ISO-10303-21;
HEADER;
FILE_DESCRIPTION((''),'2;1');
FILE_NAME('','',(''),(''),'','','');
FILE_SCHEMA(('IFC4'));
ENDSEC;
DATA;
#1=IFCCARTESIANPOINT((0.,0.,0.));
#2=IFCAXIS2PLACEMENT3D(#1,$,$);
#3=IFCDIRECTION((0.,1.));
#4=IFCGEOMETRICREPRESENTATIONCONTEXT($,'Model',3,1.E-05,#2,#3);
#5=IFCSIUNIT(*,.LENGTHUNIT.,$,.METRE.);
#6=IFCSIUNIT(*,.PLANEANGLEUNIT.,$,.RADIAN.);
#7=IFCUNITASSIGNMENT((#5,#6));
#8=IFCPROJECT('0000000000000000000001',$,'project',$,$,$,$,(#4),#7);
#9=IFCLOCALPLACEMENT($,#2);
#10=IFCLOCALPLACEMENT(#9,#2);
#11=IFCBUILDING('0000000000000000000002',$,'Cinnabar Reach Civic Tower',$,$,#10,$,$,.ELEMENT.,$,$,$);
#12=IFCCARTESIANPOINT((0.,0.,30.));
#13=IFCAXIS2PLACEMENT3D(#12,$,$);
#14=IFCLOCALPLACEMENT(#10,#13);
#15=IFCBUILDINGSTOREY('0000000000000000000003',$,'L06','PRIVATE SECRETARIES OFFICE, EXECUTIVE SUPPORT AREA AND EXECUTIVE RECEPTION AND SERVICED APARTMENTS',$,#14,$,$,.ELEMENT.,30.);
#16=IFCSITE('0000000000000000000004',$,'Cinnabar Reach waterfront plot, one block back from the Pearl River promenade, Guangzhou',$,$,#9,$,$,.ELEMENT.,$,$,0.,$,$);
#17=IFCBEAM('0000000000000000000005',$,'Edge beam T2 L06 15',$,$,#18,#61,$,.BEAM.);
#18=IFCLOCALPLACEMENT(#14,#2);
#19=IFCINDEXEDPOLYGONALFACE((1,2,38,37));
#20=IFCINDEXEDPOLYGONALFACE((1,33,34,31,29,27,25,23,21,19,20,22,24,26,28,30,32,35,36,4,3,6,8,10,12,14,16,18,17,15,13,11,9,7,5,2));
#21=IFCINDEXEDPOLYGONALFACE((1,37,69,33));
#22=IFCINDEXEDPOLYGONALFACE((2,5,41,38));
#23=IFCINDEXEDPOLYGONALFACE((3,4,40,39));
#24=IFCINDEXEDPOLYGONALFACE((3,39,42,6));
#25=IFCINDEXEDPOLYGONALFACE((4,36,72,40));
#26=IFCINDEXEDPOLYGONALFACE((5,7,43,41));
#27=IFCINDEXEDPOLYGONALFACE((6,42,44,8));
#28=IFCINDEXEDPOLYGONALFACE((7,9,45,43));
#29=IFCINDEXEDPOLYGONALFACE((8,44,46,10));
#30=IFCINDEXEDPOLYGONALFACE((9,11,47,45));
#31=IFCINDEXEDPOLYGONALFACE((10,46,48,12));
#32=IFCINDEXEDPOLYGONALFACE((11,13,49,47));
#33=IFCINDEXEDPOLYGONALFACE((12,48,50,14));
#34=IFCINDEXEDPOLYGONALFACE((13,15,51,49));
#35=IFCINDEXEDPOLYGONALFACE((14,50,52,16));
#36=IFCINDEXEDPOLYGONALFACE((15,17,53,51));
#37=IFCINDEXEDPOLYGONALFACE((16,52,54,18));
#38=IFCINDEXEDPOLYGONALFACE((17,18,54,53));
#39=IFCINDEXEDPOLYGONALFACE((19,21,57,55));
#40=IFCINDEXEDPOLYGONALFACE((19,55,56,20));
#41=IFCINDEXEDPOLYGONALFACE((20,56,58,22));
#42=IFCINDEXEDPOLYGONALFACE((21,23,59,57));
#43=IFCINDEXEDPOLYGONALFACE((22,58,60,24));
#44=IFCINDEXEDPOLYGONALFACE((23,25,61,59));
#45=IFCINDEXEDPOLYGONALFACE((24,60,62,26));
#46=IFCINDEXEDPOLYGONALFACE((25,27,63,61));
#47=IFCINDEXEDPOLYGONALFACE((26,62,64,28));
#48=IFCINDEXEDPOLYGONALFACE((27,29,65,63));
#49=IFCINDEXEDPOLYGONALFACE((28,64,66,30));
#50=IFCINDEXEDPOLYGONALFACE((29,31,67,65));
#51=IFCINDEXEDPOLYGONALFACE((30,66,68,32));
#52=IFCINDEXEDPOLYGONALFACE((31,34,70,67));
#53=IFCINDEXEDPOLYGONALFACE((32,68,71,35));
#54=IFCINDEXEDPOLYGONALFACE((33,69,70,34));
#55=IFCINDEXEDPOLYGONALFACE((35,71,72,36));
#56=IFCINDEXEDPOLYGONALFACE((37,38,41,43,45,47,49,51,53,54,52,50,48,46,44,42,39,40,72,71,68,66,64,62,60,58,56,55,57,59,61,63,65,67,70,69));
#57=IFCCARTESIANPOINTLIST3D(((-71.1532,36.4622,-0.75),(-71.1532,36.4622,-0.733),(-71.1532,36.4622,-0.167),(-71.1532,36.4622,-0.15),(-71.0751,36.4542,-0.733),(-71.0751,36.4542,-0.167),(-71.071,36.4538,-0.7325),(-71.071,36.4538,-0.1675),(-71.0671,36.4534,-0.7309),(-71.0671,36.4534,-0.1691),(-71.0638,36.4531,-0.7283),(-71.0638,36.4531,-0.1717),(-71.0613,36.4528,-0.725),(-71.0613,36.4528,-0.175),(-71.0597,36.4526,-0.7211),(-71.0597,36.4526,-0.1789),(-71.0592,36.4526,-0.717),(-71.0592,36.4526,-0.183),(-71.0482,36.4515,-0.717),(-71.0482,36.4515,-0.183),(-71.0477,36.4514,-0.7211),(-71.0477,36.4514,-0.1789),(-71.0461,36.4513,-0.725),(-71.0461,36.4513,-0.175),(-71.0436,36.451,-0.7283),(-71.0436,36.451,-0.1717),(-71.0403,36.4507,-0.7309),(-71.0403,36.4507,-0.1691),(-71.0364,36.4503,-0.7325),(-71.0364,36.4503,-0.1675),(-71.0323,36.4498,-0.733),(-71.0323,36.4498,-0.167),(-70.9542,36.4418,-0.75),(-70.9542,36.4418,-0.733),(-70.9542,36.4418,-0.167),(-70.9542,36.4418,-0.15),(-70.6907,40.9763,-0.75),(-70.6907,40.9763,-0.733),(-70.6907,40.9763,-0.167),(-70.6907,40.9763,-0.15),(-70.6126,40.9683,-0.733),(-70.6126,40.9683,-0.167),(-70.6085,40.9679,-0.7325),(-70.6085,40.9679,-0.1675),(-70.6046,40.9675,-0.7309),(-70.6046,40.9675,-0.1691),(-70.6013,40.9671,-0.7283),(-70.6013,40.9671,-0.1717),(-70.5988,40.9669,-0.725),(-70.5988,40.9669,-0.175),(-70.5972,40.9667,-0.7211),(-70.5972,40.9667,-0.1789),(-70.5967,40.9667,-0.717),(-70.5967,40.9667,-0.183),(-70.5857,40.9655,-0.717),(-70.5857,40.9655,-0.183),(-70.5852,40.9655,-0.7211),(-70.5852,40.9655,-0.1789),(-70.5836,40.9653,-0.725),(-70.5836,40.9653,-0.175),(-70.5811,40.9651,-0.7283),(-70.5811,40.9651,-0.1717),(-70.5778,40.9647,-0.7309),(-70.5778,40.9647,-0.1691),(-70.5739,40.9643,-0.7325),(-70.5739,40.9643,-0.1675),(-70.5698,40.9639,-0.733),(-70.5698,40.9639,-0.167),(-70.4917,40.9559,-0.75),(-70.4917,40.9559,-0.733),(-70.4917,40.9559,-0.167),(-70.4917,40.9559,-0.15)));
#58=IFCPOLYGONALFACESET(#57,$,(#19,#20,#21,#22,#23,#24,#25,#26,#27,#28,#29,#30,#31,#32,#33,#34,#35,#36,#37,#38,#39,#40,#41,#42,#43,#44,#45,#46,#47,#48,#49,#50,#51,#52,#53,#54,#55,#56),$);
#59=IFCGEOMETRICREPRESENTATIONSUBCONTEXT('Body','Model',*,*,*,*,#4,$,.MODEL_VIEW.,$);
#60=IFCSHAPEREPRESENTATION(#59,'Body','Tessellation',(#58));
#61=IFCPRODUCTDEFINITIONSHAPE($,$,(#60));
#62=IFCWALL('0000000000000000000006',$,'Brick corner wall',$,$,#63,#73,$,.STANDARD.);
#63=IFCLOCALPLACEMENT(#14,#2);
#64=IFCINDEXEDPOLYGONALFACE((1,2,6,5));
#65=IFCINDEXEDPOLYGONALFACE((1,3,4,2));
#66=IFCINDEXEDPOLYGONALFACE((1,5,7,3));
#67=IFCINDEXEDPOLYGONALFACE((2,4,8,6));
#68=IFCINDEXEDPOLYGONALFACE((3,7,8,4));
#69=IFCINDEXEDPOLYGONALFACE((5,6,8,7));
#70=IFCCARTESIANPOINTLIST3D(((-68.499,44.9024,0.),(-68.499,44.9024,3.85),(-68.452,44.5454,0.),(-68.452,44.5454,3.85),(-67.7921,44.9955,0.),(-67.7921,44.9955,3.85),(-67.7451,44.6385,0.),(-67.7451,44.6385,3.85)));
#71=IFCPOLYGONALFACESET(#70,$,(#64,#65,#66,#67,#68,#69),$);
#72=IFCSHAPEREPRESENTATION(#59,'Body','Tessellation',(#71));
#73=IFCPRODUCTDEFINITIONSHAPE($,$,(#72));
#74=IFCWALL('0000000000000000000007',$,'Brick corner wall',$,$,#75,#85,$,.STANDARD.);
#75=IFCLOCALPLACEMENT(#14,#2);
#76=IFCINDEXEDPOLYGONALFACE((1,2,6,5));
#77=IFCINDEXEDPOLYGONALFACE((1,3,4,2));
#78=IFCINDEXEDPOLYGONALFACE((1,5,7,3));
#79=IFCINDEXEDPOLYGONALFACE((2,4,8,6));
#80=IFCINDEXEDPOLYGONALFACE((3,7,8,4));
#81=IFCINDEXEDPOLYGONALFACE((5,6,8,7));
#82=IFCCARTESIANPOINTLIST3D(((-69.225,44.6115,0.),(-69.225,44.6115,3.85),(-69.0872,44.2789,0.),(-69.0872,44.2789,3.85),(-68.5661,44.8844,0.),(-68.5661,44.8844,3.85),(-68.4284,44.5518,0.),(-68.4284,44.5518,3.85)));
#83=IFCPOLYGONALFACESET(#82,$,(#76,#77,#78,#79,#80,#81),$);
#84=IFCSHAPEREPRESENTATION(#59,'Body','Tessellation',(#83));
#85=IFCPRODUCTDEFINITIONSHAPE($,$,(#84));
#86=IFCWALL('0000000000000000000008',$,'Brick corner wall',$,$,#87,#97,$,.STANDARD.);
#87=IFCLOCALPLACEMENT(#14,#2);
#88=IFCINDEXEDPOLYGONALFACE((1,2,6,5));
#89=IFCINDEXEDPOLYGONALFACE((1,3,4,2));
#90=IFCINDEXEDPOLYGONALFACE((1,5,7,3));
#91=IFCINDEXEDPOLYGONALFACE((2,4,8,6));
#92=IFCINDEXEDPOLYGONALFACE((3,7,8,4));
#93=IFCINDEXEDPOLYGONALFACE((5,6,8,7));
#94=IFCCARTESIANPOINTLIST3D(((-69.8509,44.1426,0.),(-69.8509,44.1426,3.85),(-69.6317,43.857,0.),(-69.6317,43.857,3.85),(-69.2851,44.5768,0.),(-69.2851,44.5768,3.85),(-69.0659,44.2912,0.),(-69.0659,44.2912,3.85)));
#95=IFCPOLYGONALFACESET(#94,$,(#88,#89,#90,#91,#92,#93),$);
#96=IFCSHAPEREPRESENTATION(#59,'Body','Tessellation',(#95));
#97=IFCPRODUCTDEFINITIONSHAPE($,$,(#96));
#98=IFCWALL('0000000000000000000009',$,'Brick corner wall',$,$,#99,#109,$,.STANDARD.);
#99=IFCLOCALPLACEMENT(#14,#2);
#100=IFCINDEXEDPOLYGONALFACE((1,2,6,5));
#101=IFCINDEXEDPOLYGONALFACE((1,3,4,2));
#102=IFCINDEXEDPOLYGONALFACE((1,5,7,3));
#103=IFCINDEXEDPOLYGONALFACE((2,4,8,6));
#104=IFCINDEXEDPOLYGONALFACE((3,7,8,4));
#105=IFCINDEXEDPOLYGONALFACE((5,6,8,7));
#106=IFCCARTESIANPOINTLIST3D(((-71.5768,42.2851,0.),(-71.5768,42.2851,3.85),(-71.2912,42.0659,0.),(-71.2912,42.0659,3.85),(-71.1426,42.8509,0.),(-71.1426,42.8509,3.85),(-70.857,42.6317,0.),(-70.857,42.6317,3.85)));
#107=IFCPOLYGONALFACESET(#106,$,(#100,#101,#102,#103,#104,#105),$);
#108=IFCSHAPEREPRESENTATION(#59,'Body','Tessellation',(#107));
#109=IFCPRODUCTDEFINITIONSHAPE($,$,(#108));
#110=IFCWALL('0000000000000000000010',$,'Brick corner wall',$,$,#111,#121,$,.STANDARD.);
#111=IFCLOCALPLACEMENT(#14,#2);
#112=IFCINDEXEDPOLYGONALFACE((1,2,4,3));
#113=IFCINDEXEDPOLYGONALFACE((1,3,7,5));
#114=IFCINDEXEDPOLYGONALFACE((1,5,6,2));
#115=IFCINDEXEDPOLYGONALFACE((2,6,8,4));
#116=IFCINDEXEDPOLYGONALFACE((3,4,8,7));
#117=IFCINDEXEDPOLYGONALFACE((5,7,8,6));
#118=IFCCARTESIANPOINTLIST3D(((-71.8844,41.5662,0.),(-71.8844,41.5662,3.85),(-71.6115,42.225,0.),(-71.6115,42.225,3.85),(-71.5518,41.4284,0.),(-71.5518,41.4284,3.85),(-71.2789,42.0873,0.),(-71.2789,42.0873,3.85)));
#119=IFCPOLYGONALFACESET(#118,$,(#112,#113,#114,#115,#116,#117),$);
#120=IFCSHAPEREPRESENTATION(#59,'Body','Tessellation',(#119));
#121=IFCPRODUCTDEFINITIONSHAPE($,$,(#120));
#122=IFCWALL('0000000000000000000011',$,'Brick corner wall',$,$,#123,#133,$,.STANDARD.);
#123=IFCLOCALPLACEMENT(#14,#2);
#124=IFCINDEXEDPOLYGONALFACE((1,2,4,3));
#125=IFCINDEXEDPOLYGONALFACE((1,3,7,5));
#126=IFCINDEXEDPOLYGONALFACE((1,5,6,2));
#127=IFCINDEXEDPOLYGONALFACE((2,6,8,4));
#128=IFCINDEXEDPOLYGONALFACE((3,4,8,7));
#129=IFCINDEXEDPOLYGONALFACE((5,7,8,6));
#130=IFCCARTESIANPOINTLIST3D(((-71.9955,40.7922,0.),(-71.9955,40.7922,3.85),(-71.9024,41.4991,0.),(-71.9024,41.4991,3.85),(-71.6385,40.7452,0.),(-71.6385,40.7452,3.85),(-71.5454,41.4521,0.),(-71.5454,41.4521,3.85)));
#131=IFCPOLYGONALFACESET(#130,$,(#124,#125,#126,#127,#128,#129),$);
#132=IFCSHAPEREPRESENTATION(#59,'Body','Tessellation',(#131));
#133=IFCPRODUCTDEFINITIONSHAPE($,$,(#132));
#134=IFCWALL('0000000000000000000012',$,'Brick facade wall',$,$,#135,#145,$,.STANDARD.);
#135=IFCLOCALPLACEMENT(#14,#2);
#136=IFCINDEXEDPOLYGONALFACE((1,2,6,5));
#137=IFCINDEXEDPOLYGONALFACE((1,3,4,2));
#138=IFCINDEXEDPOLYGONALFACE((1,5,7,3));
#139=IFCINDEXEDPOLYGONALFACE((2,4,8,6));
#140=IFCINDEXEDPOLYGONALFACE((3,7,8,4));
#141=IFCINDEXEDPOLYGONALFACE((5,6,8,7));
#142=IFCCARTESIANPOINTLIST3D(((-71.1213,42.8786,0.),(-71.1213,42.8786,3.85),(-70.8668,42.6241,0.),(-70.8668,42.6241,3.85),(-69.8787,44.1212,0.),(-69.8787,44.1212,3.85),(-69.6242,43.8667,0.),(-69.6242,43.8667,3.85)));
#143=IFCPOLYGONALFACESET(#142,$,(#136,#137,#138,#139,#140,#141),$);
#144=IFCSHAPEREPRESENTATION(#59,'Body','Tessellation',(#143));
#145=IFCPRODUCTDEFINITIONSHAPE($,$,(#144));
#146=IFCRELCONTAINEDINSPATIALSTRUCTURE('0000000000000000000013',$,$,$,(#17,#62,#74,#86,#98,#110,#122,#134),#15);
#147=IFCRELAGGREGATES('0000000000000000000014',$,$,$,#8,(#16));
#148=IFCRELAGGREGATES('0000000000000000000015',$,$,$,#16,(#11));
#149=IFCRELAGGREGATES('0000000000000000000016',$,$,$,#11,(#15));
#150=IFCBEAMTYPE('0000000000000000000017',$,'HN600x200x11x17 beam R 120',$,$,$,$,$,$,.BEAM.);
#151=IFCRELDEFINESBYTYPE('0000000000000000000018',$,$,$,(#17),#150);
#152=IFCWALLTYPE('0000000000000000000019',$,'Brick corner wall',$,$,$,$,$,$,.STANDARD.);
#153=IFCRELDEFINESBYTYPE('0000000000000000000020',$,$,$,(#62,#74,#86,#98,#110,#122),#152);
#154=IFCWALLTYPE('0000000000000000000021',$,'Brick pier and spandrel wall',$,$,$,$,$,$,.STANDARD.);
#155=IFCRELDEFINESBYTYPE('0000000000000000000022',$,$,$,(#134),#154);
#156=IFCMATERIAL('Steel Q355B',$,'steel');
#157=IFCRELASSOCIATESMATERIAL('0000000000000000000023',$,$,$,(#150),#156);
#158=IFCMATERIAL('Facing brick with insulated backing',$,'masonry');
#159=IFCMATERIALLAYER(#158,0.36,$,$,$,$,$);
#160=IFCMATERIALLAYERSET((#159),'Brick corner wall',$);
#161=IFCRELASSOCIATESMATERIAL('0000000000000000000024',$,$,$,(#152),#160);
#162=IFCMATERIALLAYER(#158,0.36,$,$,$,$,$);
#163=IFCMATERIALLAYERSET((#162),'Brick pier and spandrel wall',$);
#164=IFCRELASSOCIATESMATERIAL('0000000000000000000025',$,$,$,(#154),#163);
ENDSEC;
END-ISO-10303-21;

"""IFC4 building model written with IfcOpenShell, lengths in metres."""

from ifc_helpers import new_model, si_unit, direction, frame, frame_2d, origin, origin_2d, place, context, subcontext, project, spatial, rectangle, i_section, extrude, material, layer, layer_set, material_profile, profile_set, type_object, element, save


model = new_model("IFC4")

# Units and contexts
model_context = context("Model", 3, precision=1e-05, world=origin(), true_north=direction((0.0, 1.0)))
body_context = subcontext(model_context, "Body", "Model", "MODEL_VIEW")
ifc_project = project(units=[si_unit("LENGTHUNIT", "METRE"), si_unit("PLANEANGLEUNIT", "RADIAN")], contexts=[model_context])

# Site, building, storey
site_placement = place(None, origin())
site = spatial("IfcSite", under=ifc_project, at=site_placement, Name="Cinnabar Reach waterfront plot, one block back from the Pearl River promenade, Guangzhou", CompositionType="ELEMENT", RefElevation=0.0)
building_placement = place(site_placement, origin())
building = spatial("IfcBuilding", under=site, at=building_placement, Name="Cinnabar Reach Civic Tower", CompositionType="ELEMENT")
storey_placement = place(building_placement, frame((0.0, 0.0, 30.0)))
storey = spatial("IfcBuildingStorey", under=building, at=storey_placement, Name="L06", Description="PRIVATE SECRETARIES OFFICE, EXECUTIVE SUPPORT AREA AND EXECUTIVE RECEPTION AND SERVICED APARTMENTS", CompositionType="ELEMENT", Elevation=30.0)

# Beam
ifc_material_1 = material(Name="Steel Q355B", Category="steel")
ifc_material_profile_1 = material_profile(ifc_material_1, i_section(OverallWidth=0.2, OverallDepth=0.6, WebThickness=0.011, FlangeThickness=0.017, FilletRadius=0.016, at=origin_2d()), Name="HN600x200x11x17")
ifc_profile_set_1 = profile_set([ifc_material_profile_1], Name="Steel Q355B")
beam_type_1 = type_object("IfcBeamType", Name="HN600x200x11x17 beam R 120", PredefinedType="BEAM", material=ifc_profile_set_1)
beam_1_placement = place(storey_placement, frame((-70.5912, 40.9661, -0.45), z_axis=(-0.101923, -0.994792, 0.0), x_axis=(0.994792, -0.101923, 0.0)))
element("IfcBeam", 1, at=beam_1_placement, inside=storey, type_object=beam_type_1, Name="Edge beam T2 L06 15", PredefinedType="BEAM", context=body_context, shape_type="SweptSolid", body=[
    extrude(i_section(OverallWidth=0.2, OverallDepth=0.6, WebThickness=0.011, FlangeThickness=0.017, FilletRadius=0.016, at=origin_2d()), origin(), (0.0, 0.0, 1.0), 4.5377),
])

# Walls
ifc_material_2 = material(Name="Facing brick with insulated backing", Category="masonry")
ifc_layer_1 = layer(ifc_material_2, 0.36)
ifc_layer_set_1 = layer_set([ifc_layer_1], Name="Brick corner wall")
wall_type_1 = type_object("IfcWallType", Name="Brick corner wall", PredefinedType="STANDARD", material=ifc_layer_set_1)
for number, where, z_axis, x_axis, name in (
    (2, (-67.7686, 44.817, 0.0), (0.0, 0.0, 1.0), (-0.991441, -0.130556, 0.0), "Brick corner wall"),
    (3, (-68.4973, 44.7181, 0.0), (0.0, 0.0, 1.0), (-0.923872, -0.382703, 0.0), "Brick corner wall"),
):
    element("IfcWall", number, at=place(storey_placement, frame(where, z_axis=z_axis, x_axis=x_axis)), inside=storey, type_object=wall_type_1, Name=name, PredefinedType="STANDARD", context=body_context, shape_type="SweptSolid", body=[
        extrude(rectangle(XDim=0.7131, YDim=0.36, at=frame_2d((0.3565, 0.0))), origin(), (0.0, 0.0, 1.0), 3.85),
    ])
for number, where, z_axis, x_axis, name in (
    (4, (-69.1755, 44.434, 0.0), (0.0, 0.0, 1.0), (-0.793322, -0.608802, 0.0), "Brick corner wall"),
    (5, (-70.9998, 42.7413, 0.0), (0.0, 0.0, 1.0), (-0.608802, -0.793322, 0.0), "Brick corner wall"),
):
    element("IfcWall", number, at=place(storey_placement, frame(where, z_axis=z_axis, x_axis=x_axis)), inside=storey, type_object=wall_type_1, Name=name, PredefinedType="STANDARD", context=body_context, shape_type="SweptSolid", body=[
        extrude(rectangle(XDim=0.7132, YDim=0.36, at=frame_2d((0.3566, 0.0))), origin(), (0.0, 0.0, 1.0), 3.85),
    ])
for number, where, z_axis, x_axis, name in (
    (6, (-71.4452, 42.1561, 0.0), (0.0, 0.0, 1.0), (-0.382703, -0.923872, 0.0), "Brick corner wall"),
    (7, (-71.7239, 41.4756, 0.0), (0.0, 0.0, 1.0), (-0.130556, -0.991441, 0.0), "Brick corner wall"),
):
    element("IfcWall", number, at=place(storey_placement, frame(where, z_axis=z_axis, x_axis=x_axis)), inside=storey, type_object=wall_type_1, Name=name, PredefinedType="STANDARD", context=body_context, shape_type="SweptSolid", body=[
        extrude(rectangle(XDim=0.7131, YDim=0.36, at=frame_2d((0.3565, 0.0))), origin(), (0.0, 0.0, 1.0), 3.85),
    ])
ifc_layer_2 = layer(ifc_material_2, 0.36)
ifc_layer_set_2 = layer_set([ifc_layer_2], Name="Brick pier and spandrel wall")
wall_type_2 = type_object("IfcWallType", Name="Brick pier and spandrel wall", PredefinedType="STANDARD", material=ifc_layer_set_2)
wall_1_placement = place(storey_placement, frame((-69.7514, 43.994, 0.0), z_axis=(0.0, 0.0, 1.0), x_axis=(-0.707107, -0.707107, 0.0)))
element("IfcWall", 8, at=wall_1_placement, inside=storey, type_object=wall_type_2, Name="Brick facade wall", PredefinedType="STANDARD", context=body_context, shape_type="SweptSolid", body=[
    extrude(rectangle(XDim=1.7573, YDim=0.36, at=frame_2d((0.8787, 0.0))), origin(), (0.0, 0.0, 1.0), 3.85),
])

save(model, "model.ifc")
